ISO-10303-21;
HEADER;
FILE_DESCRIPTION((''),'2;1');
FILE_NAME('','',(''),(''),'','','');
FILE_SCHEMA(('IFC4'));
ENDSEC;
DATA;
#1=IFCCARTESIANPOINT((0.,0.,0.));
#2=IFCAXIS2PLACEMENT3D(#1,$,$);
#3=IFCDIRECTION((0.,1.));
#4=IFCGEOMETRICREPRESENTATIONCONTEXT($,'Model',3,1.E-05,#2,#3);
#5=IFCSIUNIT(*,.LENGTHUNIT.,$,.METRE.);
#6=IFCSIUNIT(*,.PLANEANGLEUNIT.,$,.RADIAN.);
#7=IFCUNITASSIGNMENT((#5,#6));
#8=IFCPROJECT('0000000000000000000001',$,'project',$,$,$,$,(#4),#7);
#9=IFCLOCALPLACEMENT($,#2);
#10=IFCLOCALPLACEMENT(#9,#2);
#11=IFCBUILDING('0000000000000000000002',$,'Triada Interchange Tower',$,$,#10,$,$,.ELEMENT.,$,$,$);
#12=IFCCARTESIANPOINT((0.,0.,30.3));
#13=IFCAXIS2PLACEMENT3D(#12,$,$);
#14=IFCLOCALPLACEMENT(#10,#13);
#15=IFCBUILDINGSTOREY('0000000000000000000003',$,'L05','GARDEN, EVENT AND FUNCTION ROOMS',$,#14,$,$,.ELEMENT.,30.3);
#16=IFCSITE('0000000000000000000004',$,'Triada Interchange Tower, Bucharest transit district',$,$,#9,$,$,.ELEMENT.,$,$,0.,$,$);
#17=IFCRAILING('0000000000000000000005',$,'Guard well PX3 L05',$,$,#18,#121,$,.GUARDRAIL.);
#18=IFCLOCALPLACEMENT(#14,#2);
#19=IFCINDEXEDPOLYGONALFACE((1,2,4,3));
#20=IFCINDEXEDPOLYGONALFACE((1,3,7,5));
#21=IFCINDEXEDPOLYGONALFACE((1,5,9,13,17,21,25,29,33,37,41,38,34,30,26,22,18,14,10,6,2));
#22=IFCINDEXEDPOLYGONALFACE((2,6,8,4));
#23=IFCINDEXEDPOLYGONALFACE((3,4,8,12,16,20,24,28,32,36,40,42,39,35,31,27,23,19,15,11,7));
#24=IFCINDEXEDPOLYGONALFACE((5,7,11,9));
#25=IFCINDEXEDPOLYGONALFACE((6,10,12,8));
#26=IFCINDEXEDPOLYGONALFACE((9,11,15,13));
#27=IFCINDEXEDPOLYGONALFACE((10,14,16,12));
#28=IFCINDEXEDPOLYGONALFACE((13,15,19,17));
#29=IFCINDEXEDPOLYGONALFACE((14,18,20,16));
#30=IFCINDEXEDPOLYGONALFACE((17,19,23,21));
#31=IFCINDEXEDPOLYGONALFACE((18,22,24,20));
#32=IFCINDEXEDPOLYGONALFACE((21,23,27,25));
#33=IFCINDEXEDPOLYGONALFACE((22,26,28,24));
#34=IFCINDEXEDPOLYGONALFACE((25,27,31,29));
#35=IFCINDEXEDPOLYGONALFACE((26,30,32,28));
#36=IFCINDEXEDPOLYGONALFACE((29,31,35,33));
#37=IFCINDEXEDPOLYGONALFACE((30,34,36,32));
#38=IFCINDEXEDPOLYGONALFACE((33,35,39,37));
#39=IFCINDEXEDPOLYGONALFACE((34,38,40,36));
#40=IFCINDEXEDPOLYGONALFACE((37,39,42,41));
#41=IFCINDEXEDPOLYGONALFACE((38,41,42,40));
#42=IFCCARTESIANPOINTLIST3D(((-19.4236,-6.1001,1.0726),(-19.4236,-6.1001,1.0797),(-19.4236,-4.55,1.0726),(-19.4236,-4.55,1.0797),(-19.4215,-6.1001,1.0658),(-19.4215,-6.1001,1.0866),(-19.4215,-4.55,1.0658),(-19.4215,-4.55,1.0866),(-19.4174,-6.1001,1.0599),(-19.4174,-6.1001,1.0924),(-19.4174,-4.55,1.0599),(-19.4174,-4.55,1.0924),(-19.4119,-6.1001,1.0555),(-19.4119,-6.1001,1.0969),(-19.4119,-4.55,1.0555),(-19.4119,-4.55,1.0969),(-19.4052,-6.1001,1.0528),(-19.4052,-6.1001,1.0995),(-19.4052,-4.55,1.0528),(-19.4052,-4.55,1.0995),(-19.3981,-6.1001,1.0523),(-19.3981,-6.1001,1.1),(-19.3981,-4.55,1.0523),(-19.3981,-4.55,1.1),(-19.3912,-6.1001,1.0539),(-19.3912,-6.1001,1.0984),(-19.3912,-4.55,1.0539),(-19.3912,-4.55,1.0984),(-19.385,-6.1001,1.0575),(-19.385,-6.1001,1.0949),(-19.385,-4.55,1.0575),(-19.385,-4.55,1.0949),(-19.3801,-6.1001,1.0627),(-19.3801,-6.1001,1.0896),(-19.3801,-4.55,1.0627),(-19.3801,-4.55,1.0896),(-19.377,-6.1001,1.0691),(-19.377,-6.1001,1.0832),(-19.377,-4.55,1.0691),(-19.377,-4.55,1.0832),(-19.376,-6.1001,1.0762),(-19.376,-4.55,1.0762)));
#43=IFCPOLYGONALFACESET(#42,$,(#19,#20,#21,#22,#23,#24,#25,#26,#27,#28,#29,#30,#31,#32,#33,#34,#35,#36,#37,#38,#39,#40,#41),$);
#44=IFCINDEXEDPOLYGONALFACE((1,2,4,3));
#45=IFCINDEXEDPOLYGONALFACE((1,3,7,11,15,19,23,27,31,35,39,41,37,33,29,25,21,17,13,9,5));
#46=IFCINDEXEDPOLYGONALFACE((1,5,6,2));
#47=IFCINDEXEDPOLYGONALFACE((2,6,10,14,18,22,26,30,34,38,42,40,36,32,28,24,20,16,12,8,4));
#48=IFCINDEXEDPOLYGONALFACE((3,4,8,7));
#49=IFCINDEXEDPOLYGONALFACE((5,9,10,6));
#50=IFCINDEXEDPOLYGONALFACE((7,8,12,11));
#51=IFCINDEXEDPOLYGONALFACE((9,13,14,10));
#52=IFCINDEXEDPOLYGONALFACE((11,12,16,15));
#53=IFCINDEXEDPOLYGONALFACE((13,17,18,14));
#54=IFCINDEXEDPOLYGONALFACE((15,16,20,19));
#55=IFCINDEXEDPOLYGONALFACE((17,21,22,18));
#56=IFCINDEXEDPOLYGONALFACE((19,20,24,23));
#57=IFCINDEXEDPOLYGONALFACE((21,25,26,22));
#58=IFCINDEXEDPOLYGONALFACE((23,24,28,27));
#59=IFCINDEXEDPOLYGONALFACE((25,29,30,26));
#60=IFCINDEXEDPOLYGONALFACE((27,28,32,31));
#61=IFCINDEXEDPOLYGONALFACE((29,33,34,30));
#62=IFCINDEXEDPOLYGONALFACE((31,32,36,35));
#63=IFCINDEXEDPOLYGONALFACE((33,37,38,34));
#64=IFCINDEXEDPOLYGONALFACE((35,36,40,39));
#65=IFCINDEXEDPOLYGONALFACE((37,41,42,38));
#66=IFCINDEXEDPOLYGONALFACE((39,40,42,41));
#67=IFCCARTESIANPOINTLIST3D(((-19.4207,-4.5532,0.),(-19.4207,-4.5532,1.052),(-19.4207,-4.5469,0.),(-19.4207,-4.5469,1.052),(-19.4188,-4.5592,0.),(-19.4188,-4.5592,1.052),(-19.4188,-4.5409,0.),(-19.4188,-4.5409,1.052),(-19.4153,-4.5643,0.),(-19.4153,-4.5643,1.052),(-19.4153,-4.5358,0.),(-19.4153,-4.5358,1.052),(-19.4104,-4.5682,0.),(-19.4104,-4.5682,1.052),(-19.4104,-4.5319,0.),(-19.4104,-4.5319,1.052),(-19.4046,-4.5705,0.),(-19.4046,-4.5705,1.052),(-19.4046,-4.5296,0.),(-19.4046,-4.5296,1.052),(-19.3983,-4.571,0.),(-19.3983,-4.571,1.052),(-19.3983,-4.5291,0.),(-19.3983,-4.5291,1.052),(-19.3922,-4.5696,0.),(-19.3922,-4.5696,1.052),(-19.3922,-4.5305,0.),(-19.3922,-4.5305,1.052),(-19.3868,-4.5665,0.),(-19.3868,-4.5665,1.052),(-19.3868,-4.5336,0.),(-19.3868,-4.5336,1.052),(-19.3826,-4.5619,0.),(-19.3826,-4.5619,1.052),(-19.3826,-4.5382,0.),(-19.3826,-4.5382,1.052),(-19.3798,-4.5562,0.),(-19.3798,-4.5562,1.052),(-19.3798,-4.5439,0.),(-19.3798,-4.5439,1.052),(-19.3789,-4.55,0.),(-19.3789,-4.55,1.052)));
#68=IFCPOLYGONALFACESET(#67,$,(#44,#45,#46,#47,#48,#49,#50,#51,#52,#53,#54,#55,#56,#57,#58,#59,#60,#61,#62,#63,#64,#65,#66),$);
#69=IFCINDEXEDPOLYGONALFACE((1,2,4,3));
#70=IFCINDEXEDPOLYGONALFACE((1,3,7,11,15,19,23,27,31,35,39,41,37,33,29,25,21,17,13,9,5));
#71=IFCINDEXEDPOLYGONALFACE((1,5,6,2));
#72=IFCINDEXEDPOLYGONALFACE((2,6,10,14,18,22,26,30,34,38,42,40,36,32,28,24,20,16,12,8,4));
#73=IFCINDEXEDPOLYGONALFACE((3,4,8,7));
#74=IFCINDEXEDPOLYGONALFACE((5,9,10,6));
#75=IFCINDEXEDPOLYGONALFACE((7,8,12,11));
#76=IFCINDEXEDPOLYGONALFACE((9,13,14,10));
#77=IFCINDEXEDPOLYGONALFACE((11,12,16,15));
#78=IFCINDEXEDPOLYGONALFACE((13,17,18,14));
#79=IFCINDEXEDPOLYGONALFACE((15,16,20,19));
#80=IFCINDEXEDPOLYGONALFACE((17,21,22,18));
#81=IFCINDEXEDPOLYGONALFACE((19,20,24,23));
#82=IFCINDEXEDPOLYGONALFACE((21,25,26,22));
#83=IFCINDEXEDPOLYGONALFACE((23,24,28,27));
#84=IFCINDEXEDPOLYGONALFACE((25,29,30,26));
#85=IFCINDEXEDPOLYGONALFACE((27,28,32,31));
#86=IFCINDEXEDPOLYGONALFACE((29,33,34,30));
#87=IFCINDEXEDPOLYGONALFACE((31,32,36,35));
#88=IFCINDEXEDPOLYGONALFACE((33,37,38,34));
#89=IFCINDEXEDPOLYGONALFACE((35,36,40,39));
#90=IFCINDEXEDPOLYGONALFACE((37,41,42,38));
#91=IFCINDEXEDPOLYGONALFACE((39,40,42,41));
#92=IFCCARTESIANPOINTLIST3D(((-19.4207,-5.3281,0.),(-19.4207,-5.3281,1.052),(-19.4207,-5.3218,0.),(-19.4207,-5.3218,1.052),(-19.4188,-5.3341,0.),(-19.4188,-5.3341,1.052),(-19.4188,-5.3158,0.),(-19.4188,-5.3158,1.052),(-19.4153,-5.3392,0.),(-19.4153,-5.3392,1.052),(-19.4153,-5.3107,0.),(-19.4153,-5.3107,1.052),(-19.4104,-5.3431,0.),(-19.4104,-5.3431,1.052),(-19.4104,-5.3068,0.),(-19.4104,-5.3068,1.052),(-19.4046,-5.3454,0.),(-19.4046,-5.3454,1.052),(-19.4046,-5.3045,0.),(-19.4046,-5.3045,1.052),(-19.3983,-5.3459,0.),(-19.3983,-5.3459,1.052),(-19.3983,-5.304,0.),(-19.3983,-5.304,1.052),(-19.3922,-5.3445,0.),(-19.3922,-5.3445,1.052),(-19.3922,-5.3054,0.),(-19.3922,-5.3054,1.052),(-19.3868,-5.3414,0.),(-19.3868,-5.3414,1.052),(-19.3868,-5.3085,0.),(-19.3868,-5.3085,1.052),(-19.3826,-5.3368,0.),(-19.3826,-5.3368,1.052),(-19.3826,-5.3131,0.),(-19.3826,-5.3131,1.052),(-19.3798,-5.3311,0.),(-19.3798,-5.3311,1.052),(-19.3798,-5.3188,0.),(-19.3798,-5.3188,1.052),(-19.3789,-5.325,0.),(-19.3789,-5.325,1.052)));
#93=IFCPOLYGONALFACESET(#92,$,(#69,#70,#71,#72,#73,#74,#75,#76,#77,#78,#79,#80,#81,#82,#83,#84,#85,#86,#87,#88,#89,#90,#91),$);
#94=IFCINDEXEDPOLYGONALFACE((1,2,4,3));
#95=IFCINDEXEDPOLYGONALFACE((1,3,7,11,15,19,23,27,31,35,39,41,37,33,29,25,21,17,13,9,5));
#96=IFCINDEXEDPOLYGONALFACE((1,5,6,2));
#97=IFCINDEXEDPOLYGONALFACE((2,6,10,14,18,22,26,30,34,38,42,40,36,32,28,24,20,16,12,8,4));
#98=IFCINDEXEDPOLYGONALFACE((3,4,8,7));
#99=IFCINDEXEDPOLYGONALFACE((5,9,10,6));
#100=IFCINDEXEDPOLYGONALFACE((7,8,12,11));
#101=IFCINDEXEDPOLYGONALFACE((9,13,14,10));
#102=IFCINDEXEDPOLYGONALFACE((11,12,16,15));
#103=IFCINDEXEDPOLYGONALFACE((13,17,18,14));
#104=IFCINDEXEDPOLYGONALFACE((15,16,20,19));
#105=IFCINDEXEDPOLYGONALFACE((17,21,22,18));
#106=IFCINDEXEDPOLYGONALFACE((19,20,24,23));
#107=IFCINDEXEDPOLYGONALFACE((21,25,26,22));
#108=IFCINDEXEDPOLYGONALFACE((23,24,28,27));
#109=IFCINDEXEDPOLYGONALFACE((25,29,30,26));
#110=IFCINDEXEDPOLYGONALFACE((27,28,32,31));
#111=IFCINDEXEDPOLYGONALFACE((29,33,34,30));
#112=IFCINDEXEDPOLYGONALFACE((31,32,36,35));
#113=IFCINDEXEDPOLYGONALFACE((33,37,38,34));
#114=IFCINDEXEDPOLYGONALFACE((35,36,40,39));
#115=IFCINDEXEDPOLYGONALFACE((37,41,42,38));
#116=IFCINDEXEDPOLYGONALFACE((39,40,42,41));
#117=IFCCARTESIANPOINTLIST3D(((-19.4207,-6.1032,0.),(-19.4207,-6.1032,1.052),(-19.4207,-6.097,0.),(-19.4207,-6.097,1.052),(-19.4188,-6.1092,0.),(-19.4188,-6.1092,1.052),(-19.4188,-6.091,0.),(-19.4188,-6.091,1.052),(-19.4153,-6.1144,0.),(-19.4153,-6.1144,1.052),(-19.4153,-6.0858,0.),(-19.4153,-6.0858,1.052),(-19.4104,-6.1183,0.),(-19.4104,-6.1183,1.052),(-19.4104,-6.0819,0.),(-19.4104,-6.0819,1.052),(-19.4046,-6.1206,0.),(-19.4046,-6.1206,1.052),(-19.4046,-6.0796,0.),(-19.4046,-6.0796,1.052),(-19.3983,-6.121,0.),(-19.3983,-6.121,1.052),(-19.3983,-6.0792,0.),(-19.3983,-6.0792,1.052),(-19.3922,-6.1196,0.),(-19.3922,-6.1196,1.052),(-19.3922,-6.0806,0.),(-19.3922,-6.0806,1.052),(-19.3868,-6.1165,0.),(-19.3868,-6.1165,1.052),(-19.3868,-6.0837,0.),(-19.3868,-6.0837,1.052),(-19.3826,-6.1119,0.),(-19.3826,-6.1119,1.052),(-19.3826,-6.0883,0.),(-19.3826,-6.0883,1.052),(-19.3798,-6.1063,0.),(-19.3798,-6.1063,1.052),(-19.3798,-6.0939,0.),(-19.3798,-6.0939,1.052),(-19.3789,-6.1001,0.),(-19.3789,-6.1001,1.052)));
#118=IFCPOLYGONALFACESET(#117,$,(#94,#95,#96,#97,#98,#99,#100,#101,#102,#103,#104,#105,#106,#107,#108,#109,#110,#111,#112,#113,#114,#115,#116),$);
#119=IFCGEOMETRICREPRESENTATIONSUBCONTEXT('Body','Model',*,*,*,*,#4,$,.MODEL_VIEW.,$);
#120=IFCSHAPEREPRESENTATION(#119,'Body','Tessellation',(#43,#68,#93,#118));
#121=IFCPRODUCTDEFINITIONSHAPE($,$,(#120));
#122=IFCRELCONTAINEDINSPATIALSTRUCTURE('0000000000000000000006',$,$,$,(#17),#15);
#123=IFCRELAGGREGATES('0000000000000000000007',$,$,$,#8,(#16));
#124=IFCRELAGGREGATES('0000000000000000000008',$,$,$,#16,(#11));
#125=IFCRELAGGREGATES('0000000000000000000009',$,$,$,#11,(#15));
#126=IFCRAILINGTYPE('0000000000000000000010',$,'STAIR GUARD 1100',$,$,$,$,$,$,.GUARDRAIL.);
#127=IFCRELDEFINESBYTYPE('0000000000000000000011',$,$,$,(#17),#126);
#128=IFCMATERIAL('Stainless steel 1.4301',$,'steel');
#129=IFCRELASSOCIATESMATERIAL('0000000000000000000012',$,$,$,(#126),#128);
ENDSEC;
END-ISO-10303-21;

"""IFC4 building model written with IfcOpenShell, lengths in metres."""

from ifc_helpers import new_model, si_unit, direction, frame, origin, origin_2d, place, context, subcontext, project, spatial, circle, extrude, material, type_object, element, save


model = new_model("IFC4")

# Units and contexts
model_context = context("Model", 3, precision=1e-05, world=origin(), true_north=direction((0.0, 1.0)))
body_context = subcontext(model_context, "Body", "Model", "MODEL_VIEW")
ifc_project = project(units=[si_unit("LENGTHUNIT", "METRE"), si_unit("PLANEANGLEUNIT", "RADIAN")], contexts=[model_context])

# Site, building, storey
site_placement = place(None, origin())
site = spatial("IfcSite", under=ifc_project, at=site_placement, Name="Triada Interchange Tower, Bucharest transit district", CompositionType="ELEMENT", RefElevation=0.0)
building_placement = place(site_placement, origin())
building = spatial("IfcBuilding", under=site, at=building_placement, Name="Triada Interchange Tower", CompositionType="ELEMENT")
storey_placement = place(building_placement, frame((0.0, 0.0, 30.3)))
storey = spatial("IfcBuildingStorey", under=building, at=storey_placement, Name="L05", Description="GARDEN, EVENT AND FUNCTION ROOMS", CompositionType="ELEMENT", Elevation=30.3)

# Shared definitions
ifc_material_1 = material(Name="Stainless steel 1.4301", Category="steel")
railing_type_1 = type_object("IfcRailingType", Name="STAIR GUARD 1100", PredefinedType="GUARDRAIL", material=ifc_material_1)

# Railing
railing_1_placement = place(storey_placement, frame((-19.3999, -4.55, 0.0)))
element("IfcRailing", 1, at=railing_1_placement, inside=storey, type_object=railing_type_1, Name="Guard well PX3 L05", PredefinedType="GUARDRAIL", context=body_context, shape_type="SweptSolid", body=[
    extrude(circle(Radius=0.0239, at=origin_2d()), frame((0.0, 0.0, 1.0762), z_axis=(0.0, -1.0, 0.0), x_axis=(1.0, 0.0, 0.0)), (0.0, 0.0, 1.0), 1.55),
    extrude(circle(Radius=0.021, at=origin_2d()), origin(), (0.0, 0.0, 1.0), 1.052),
    extrude(circle(Radius=0.021, at=origin_2d()), frame((0.0, -0.7749, 0.0)), (0.0, 0.0, 1.0), 1.052),
    extrude(circle(Radius=0.021, at=origin_2d()), frame((0.0, -1.55, 0.0)), (0.0, 0.0, 1.0), 1.052),
])

save(model, "model.ifc")
